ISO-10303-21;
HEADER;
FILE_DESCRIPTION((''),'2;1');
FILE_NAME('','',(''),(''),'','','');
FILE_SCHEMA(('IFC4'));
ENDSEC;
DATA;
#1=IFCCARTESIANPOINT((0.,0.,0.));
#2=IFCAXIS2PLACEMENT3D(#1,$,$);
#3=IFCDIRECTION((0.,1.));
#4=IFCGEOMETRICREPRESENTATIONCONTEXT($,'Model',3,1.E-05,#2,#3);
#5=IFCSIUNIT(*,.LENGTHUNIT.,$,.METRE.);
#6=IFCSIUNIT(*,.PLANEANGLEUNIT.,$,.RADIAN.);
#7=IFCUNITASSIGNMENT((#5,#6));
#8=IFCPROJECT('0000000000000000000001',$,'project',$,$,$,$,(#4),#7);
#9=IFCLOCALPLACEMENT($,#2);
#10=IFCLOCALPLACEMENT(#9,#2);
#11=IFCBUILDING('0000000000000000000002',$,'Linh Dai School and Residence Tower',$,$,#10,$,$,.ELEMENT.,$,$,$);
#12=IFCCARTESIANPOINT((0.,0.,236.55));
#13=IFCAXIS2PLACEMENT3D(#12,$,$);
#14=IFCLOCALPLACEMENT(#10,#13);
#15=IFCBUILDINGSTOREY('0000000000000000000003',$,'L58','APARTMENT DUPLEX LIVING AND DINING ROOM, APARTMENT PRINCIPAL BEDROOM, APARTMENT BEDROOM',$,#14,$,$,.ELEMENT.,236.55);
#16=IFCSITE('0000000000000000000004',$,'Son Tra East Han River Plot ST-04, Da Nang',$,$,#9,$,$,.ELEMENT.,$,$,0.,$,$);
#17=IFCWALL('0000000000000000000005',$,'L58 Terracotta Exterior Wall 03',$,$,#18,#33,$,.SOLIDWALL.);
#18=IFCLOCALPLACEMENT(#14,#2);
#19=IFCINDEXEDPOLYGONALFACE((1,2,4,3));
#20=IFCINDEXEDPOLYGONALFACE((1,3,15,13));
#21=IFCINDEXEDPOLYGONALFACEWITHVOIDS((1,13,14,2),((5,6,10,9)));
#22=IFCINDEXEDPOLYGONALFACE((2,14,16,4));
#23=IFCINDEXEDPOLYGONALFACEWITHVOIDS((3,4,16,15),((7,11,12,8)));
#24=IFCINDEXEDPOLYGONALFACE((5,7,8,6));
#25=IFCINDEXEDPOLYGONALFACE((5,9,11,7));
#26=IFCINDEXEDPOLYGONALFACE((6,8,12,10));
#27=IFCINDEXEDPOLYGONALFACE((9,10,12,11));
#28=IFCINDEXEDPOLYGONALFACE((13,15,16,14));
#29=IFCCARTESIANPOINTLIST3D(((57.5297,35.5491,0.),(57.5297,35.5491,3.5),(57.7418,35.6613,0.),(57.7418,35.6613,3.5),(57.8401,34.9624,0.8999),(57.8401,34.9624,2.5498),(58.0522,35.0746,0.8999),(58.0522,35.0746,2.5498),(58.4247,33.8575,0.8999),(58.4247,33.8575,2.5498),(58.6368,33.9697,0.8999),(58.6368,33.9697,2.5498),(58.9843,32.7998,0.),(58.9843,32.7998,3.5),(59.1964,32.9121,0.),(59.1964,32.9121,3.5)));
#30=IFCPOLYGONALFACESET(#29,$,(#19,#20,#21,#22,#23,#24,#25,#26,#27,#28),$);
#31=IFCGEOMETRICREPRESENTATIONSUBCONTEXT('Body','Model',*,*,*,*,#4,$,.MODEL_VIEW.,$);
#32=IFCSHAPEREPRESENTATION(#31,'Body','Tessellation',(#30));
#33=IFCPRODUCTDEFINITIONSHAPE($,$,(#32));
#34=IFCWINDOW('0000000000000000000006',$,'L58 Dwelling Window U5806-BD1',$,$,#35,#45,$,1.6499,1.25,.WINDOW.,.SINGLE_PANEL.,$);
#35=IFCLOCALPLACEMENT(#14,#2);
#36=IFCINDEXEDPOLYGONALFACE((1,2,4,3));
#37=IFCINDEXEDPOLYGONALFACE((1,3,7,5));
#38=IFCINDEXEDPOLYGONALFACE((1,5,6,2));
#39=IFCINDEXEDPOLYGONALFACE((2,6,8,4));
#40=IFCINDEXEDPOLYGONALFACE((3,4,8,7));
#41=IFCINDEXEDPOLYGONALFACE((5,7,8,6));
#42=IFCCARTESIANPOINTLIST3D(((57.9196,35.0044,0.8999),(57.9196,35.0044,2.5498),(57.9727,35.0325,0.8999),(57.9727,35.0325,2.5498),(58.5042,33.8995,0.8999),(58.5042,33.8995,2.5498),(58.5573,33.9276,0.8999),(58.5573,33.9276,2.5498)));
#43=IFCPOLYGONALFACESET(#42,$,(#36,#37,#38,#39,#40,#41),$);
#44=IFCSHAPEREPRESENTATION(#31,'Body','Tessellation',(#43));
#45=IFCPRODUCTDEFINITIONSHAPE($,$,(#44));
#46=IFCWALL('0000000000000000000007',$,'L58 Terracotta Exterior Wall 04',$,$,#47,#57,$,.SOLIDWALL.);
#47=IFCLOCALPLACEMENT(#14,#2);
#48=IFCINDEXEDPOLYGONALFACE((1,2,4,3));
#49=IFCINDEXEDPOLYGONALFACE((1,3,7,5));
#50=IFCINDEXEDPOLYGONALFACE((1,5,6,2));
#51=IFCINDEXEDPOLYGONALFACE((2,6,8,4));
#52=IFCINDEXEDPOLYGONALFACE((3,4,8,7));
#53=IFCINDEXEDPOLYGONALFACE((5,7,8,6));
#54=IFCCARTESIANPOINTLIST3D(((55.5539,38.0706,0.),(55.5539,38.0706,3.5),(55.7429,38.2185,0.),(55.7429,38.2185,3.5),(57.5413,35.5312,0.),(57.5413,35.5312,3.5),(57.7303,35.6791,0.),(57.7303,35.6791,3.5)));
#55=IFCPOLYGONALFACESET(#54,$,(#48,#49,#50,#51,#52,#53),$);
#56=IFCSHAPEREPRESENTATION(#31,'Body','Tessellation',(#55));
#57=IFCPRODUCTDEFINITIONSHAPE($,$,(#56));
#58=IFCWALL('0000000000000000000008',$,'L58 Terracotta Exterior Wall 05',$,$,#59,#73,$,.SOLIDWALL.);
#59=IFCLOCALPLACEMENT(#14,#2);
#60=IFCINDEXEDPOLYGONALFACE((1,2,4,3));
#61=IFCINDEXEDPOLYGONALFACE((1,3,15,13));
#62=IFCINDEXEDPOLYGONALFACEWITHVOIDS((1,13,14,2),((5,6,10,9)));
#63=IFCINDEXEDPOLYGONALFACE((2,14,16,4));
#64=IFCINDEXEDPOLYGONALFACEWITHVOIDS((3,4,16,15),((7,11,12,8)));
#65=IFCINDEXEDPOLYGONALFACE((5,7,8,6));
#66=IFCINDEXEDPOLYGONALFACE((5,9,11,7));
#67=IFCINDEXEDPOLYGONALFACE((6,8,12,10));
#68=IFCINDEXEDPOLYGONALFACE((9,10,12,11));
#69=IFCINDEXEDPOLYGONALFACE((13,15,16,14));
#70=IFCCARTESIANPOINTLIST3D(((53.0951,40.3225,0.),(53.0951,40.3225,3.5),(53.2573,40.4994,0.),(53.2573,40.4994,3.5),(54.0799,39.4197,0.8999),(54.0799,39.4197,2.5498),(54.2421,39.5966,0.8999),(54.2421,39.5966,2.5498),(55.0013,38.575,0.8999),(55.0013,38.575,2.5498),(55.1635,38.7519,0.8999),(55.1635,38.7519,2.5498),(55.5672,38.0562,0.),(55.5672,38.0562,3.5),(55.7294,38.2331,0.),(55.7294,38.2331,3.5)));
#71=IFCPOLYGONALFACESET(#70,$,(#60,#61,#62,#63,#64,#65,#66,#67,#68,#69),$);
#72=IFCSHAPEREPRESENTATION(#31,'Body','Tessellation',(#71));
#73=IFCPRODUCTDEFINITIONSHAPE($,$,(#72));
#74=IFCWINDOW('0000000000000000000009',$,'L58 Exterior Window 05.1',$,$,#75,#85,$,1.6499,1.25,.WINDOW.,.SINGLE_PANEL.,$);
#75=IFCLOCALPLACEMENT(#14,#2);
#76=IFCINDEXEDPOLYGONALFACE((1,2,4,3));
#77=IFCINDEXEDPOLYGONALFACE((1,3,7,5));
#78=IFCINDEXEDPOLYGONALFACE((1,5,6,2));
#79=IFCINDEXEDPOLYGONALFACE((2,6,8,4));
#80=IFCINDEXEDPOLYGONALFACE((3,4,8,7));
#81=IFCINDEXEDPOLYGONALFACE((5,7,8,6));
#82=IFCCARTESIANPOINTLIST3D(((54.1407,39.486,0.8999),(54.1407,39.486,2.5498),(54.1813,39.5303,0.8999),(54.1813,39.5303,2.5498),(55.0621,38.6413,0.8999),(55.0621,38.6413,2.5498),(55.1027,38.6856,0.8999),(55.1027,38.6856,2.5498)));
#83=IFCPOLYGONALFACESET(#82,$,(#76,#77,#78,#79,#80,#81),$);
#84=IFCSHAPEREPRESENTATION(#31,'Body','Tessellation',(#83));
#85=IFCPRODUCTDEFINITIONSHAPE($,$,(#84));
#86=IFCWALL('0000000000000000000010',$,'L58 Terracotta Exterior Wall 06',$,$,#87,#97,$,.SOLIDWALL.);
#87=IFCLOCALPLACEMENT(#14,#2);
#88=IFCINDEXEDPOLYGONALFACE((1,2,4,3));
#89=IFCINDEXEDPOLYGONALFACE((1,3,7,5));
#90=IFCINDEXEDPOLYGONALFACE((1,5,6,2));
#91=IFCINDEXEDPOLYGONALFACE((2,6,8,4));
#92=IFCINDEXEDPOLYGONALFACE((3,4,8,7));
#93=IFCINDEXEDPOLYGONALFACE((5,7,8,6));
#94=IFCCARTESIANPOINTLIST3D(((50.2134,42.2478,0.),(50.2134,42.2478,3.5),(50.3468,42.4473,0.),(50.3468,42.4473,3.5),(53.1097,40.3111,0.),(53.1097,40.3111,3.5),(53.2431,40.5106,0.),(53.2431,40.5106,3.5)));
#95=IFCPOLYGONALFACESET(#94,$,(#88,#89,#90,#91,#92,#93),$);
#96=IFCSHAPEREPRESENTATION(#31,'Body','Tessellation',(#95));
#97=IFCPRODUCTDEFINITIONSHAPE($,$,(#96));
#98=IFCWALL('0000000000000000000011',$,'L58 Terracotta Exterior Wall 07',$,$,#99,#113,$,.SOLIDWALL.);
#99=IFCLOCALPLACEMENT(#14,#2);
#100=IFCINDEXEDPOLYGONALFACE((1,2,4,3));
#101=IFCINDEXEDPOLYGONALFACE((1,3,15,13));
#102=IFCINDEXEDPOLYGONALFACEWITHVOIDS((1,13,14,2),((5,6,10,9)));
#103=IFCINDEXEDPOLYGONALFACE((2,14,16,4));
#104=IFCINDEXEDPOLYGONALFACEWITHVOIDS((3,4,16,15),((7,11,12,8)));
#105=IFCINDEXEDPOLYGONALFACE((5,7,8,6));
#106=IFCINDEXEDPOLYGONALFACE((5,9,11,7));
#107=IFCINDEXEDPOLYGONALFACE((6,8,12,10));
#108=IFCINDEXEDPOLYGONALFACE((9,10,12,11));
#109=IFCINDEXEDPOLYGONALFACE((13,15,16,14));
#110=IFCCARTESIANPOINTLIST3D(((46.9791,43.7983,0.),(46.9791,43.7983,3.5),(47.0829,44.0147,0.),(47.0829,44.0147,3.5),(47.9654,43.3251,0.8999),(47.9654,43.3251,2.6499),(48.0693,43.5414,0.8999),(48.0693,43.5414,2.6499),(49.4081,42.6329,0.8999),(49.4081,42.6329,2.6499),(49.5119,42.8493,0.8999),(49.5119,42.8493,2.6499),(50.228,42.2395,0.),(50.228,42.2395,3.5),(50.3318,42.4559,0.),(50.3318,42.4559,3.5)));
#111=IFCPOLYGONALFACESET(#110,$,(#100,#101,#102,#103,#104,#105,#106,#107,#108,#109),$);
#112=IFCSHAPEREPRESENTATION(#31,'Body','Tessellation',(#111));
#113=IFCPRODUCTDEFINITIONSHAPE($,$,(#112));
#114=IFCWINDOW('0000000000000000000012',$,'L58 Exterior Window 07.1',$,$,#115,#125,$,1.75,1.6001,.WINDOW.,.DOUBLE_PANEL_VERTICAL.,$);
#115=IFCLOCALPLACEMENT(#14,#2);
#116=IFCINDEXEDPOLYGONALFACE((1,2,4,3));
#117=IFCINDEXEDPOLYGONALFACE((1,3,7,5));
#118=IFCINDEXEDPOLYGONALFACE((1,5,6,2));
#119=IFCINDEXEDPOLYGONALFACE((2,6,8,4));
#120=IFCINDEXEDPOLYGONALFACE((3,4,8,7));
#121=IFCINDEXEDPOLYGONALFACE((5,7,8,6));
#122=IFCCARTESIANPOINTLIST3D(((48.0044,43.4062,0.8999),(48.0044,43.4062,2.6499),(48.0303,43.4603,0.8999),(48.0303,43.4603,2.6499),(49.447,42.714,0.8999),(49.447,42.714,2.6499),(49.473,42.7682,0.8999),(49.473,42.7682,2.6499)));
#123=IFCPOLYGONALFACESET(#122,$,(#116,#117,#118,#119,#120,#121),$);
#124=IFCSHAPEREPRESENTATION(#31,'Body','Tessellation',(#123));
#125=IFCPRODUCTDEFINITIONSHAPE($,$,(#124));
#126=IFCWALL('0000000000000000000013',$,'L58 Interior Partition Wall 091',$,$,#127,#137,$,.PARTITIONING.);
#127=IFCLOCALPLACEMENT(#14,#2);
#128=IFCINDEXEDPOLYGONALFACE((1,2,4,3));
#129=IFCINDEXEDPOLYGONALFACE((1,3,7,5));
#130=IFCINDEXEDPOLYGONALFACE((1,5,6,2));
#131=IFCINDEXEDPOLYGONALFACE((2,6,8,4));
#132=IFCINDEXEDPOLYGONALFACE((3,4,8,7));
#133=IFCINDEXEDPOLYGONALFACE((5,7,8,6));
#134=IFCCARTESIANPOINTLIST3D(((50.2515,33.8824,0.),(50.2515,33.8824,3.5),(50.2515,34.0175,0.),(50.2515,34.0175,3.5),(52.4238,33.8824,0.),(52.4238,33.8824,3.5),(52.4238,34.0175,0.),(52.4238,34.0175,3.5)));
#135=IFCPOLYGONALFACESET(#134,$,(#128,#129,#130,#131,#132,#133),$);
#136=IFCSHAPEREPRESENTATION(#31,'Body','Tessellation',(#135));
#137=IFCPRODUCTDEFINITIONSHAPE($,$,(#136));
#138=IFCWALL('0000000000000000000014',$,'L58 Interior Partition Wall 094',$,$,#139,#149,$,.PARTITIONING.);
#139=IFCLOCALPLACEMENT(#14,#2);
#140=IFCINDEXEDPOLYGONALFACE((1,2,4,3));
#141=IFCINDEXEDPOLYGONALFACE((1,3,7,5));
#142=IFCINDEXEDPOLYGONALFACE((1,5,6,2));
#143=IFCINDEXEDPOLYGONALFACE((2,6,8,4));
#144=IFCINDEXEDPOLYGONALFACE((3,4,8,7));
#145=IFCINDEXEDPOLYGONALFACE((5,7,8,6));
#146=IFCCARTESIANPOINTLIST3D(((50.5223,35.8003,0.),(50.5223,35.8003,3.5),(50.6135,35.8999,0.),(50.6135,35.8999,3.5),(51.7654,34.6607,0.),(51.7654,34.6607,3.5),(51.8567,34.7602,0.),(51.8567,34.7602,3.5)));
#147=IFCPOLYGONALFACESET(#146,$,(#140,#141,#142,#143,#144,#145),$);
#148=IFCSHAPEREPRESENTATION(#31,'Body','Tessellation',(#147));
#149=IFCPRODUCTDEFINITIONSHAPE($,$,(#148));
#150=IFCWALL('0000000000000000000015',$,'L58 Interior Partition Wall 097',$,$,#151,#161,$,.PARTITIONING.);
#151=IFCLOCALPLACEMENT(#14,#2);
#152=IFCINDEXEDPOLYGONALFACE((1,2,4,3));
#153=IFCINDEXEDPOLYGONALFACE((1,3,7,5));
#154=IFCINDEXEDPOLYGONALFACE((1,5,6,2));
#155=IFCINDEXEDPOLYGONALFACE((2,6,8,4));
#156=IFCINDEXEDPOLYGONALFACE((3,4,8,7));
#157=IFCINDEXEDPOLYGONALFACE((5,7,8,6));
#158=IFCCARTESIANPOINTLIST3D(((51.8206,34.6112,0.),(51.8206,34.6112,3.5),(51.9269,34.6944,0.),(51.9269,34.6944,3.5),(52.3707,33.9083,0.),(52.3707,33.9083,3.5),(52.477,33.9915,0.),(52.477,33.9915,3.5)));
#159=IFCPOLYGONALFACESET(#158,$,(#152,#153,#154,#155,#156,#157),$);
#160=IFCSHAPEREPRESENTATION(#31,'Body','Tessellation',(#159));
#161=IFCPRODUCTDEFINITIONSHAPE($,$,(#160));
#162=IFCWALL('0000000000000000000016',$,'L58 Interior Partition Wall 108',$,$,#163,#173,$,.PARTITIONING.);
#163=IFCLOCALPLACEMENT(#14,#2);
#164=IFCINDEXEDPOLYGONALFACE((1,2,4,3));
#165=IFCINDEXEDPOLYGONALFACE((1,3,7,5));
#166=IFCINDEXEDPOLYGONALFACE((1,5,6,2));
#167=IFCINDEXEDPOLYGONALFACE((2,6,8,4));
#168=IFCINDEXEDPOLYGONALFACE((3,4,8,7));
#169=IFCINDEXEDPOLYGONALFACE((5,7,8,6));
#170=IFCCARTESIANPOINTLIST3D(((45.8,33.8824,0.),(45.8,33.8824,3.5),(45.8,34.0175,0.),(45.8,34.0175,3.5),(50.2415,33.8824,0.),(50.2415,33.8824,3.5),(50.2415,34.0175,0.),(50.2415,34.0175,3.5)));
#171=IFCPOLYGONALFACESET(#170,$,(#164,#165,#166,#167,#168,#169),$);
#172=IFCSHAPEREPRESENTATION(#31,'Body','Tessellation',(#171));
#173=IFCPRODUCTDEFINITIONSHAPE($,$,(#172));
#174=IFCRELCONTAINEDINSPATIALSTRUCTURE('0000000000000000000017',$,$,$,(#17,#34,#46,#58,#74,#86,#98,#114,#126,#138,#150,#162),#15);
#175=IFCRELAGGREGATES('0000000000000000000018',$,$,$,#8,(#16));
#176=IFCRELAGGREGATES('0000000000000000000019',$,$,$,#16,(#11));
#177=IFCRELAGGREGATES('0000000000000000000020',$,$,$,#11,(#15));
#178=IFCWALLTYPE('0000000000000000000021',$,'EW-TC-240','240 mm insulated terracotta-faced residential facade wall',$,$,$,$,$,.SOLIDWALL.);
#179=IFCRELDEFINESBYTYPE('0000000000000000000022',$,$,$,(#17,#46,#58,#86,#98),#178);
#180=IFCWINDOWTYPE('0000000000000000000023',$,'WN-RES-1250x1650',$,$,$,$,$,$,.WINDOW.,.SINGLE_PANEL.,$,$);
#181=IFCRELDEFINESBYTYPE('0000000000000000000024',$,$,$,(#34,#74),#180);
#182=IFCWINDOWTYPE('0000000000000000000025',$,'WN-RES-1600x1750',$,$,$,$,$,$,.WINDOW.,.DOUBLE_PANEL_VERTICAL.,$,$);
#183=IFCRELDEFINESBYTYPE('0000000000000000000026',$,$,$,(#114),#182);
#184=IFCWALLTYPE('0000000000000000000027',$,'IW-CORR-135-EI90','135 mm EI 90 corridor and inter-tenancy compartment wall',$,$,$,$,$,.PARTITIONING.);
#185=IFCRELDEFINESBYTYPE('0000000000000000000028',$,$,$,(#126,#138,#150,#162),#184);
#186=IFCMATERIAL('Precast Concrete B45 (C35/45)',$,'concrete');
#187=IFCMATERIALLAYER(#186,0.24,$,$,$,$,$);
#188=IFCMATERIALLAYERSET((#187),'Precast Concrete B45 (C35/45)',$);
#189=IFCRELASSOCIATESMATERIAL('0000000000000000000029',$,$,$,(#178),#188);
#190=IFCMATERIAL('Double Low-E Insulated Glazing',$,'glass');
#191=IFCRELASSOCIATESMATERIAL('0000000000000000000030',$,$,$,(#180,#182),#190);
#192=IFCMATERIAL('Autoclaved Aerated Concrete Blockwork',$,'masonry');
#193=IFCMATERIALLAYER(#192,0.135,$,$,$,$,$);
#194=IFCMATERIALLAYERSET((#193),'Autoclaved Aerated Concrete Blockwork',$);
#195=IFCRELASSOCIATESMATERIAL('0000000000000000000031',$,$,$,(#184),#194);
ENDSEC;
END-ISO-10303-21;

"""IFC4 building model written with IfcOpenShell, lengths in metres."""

from ifc_helpers import new_model, si_unit, direction, frame, frame_2d, origin, origin_2d, place, context, subcontext, project, spatial, rectangle, extrude, source, transform, mapped, material, layer, layer_set, type_object, element, fill, save


model = new_model("IFC4")

# Units and contexts
model_context = context("Model", 3, precision=1e-05, world=origin(), true_north=direction((0.0, 1.0)))
body_context = subcontext(model_context, "Body", "Model", "MODEL_VIEW")
ifc_project = project(units=[si_unit("LENGTHUNIT", "METRE"), si_unit("PLANEANGLEUNIT", "RADIAN")], contexts=[model_context])

# Site, building, storey
site_placement = place(None, origin())
site = spatial("IfcSite", under=ifc_project, at=site_placement, Name="Son Tra East Han River Plot ST-04, Da Nang", CompositionType="ELEMENT", RefElevation=0.0)
building_placement = place(site_placement, origin())
building = spatial("IfcBuilding", under=site, at=building_placement, Name="Linh Dai School and Residence Tower", CompositionType="ELEMENT")
storey_placement = place(building_placement, frame((0.0, 0.0, 236.55)))
storey = spatial("IfcBuildingStorey", under=building, at=storey_placement, Name="L58", Description="APARTMENT DUPLEX LIVING AND DINING ROOM, APARTMENT PRINCIPAL BEDROOM, APARTMENT BEDROOM", CompositionType="ELEMENT", Elevation=236.55)

# Shared definitions
ifc_material_1 = material(Name="Precast Concrete B45 (C35/45)", Category="concrete")

# Wall, opening, window
ifc_layer_1 = layer(ifc_material_1, 0.24)
ifc_layer_set_1 = layer_set([ifc_layer_1], Name="Precast Concrete B45 (C35/45)")
wall_type_1 = type_object("IfcWallType", Name="EW-TC-240", Description="240 mm insulated terracotta-faced residential facade wall", PredefinedType="SOLIDWALL", material=ifc_layer_set_1)
wall_1_placement = place(storey_placement, frame((57.6357, 35.6052, 0.0), z_axis=(0.0, 0.0, 1.0), x_axis=(0.46766, -0.883908, 0.0)))
wall_1 = element("IfcWall", 1, at=wall_1_placement, inside=storey, type_object=wall_type_1, Name="L58 Terracotta Exterior Wall 03", PredefinedType="SOLIDWALL", context=body_context, shape_type="SweptSolid", body=[
    extrude(rectangle(XDim=3.1104, YDim=0.24, at=frame_2d((1.5552, 0.0))), origin(), (0.0, 0.0, 1.0), 3.5),
])
opening_1_placement = place(wall_1_placement, frame((0.6638, 0.0, 0.8999)))
opening_1 = element("IfcOpeningElement", 2, at=opening_1_placement, cuts=wall_1, PredefinedType="OPENING", context=body_context, shape_type="SweptSolid", body=[
    extrude(rectangle(XDim=1.25, YDim=1.6499, at=origin_2d()), frame((0.625, 0.1299, 0.825), z_axis=(0.0, -1.0, 0.0), x_axis=(1.0, 0.0, 0.0)), (0.0, 0.0, 1.0), 0.26),
])
ifc_material_2 = material(Name="Double Low-E Insulated Glazing", Category="glass")
window_type_1 = type_object("IfcWindowType", Name="WN-RES-1250x1650", PartitioningType="SINGLE_PANEL", PredefinedType="WINDOW", material=ifc_material_2)
shared_shape_1 = source(origin(), body_context, "Body", "SweptSolid", [
    extrude(rectangle(XDim=1.25, YDim=1.6499, at=origin_2d()), frame((0.625, 0.03, 0.825), z_axis=(0.0, -1.0, 0.0), x_axis=(1.0, 0.0, 0.0)), (0.0, 0.0, 1.0), 0.0601),
])
window_1_placement = place(opening_1_placement, origin())
window_1 = element("IfcWindow", 3, at=window_1_placement, inside=storey, type_object=window_type_1, Name="L58 Dwelling Window U5806-BD1", OverallHeight=1.6499, OverallWidth=1.25, PartitioningType="SINGLE_PANEL", PredefinedType="WINDOW", context=body_context, shape_type="MappedRepresentation", body=[
    mapped(shared_shape_1, transform((0.0, 0.0, 0.0), x_axis=(1.0, 0.0, 0.0), y_axis=(0.0, 1.0, 0.0), z_axis=(0.0, 0.0, 1.0), scale=1.0)),
])
fill(opening_1, window_1)

# Wall
wall_2_placement = place(storey_placement, frame((55.6484, 38.1445, 0.0), z_axis=(0.0, 0.0, 1.0), x_axis=(0.616312, -0.787502, 0.0)))
element("IfcWall", 4, at=wall_2_placement, inside=storey, type_object=wall_type_1, Name="L58 Terracotta Exterior Wall 04", PredefinedType="SOLIDWALL", context=body_context, shape_type="SweptSolid", body=[
    extrude(rectangle(XDim=3.2246, YDim=0.24, at=frame_2d((1.6123, 0.0))), origin(), (0.0, 0.0, 1.0), 3.5),
])

# Wall, opening, window
wall_3_placement = place(storey_placement, frame((53.1763, 40.4109, 0.0), z_axis=(0.0, 0.0, 1.0), x_axis=(0.737124, -0.675758, 0.0)))
wall_3 = element("IfcWall", 5, at=wall_3_placement, inside=storey, type_object=wall_type_1, Name="L58 Terracotta Exterior Wall 05", PredefinedType="SOLIDWALL", context=body_context, shape_type="SweptSolid", body=[
    extrude(rectangle(XDim=3.3538, YDim=0.24, at=frame_2d((1.6768, 0.0))), origin(), (0.0, 0.0, 1.0), 3.5),
])
opening_2_placement = place(wall_3_placement, frame((1.3359, 0.0, 0.8999)))
opening_2 = element("IfcOpeningElement", 6, at=opening_2_placement, cuts=wall_3, PredefinedType="OPENING", context=body_context, shape_type="SweptSolid", body=[
    extrude(rectangle(XDim=1.25, YDim=1.6499, at=origin_2d()), frame((0.625, 0.1299, 0.825), z_axis=(0.0, -1.0, 0.0), x_axis=(1.0, 0.0, 0.0)), (0.0, 0.0, 1.0), 0.26),
])
window_2_placement = place(opening_2_placement, origin())
window_2 = element("IfcWindow", 7, at=window_2_placement, inside=storey, type_object=window_type_1, Name="L58 Exterior Window 05.1", OverallHeight=1.6499, OverallWidth=1.25, PartitioningType="SINGLE_PANEL", PredefinedType="WINDOW", context=body_context, shape_type="MappedRepresentation", body=[
    mapped(shared_shape_1, transform((0.0, 0.0, 0.0), x_axis=(1.0, 0.0, 0.0), y_axis=(0.0, 1.0, 0.0), z_axis=(0.0, 0.0, 1.0), scale=1.0)),
])
fill(opening_2, window_2)

# Wall
wall_4_placement = place(storey_placement, frame((50.28, 42.3477, 0.0), z_axis=(0.0, 0.0, 1.0), x_axis=(0.831262, -0.55588, 0.0)))
element("IfcWall", 8, at=wall_4_placement, inside=storey, type_object=wall_type_1, Name="L58 Terracotta Exterior Wall 06", PredefinedType="SOLIDWALL", context=body_context, shape_type="SweptSolid", body=[
    extrude(rectangle(XDim=3.4841, YDim=0.24, at=frame_2d((1.7422, 0.0))), origin(), (0.0, 0.0, 1.0), 3.5),
])

# Wall, opening, window
wall_5_placement = place(storey_placement, frame((47.031, 43.9065, 0.0), z_axis=(0.0, 0.0, 1.0), x_axis=(0.901598, -0.432575, 0.0)))
wall_5 = element("IfcWall", 9, at=wall_5_placement, inside=storey, type_object=wall_type_1, Name="L58 Terracotta Exterior Wall 07", PredefinedType="SOLIDWALL", context=body_context, shape_type="SweptSolid", body=[
    extrude(rectangle(XDim=3.6035, YDim=0.24, at=frame_2d((1.8018, 0.0))), origin(), (0.0, 0.0, 1.0), 3.5),
])
opening_3_placement = place(wall_5_placement, frame((1.094, 0.0, 0.8999)))
opening_3 = element("IfcOpeningElement", 10, at=opening_3_placement, cuts=wall_5, PredefinedType="OPENING", context=body_context, shape_type="SweptSolid", body=[
    extrude(rectangle(XDim=1.6001, YDim=1.75, at=origin_2d()), frame((0.8, 0.1299, 0.875), z_axis=(0.0, -1.0, 0.0), x_axis=(1.0, 0.0, 0.0)), (0.0, 0.0, 1.0), 0.26),
])
window_type_2 = type_object("IfcWindowType", Name="WN-RES-1600x1750", PartitioningType="DOUBLE_PANEL_VERTICAL", PredefinedType="WINDOW", material=ifc_material_2)
shared_shape_2 = source(origin(), body_context, "Body", "SweptSolid", [
    extrude(rectangle(XDim=1.6001, YDim=1.75, at=origin_2d()), frame((0.8, 0.03, 0.875), z_axis=(0.0, -1.0, 0.0), x_axis=(1.0, 0.0, 0.0)), (0.0, 0.0, 1.0), 0.0601),
])
window_3_placement = place(opening_3_placement, origin())
window_3 = element("IfcWindow", 11, at=window_3_placement, inside=storey, type_object=window_type_2, Name="L58 Exterior Window 07.1", OverallHeight=1.75, OverallWidth=1.6001, PartitioningType="DOUBLE_PANEL_VERTICAL", PredefinedType="WINDOW", context=body_context, shape_type="MappedRepresentation", body=[
    mapped(shared_shape_2, transform((0.0, 0.0, 0.0), x_axis=(1.0, 0.0, 0.0), y_axis=(0.0, 1.0, 0.0), z_axis=(0.0, 0.0, 1.0), scale=1.0)),
])
fill(opening_3, window_3)

# Walls
ifc_material_3 = material(Name="Autoclaved Aerated Concrete Blockwork", Category="masonry")
ifc_layer_2 = layer(ifc_material_3, 0.135)
ifc_layer_set_2 = layer_set([ifc_layer_2], Name="Autoclaved Aerated Concrete Blockwork")
wall_type_2 = type_object("IfcWallType", Name="IW-CORR-135-EI90", Description="135 mm EI 90 corridor and inter-tenancy compartment wall", PredefinedType="PARTITIONING", material=ifc_layer_set_2)
wall_6_placement = place(storey_placement, frame((50.2515, 33.95, 0.0), z_axis=(0.0, 0.0, 1.0), x_axis=(1.0, 0.0, 0.0)))
element("IfcWall", 12, at=wall_6_placement, inside=storey, type_object=wall_type_2, Name="L58 Interior Partition Wall 091", PredefinedType="PARTITIONING", context=body_context, shape_type="SweptSolid", body=[
    extrude(rectangle(XDim=2.1724, YDim=0.135, at=frame_2d((1.0862, 0.0))), origin(), (0.0, 0.0, 1.0), 3.5),
])
wall_7_placement = place(storey_placement, frame((50.5679, 35.8501, 0.0), z_axis=(0.0, 0.0, 1.0), x_axis=(0.73713, -0.675751, 0.0)))
element("IfcWall", 13, at=wall_7_placement, inside=storey, type_object=wall_type_2, Name="L58 Interior Partition Wall 094", PredefinedType="PARTITIONING", context=body_context, shape_type="SweptSolid", body=[
    extrude(rectangle(XDim=1.6865, YDim=0.135, at=frame_2d((0.8433, 0.0))), origin(), (0.0, 0.0, 1.0), 3.5),
])
wall_8_placement = place(storey_placement, frame((51.8738, 34.6528, 0.0), z_axis=(0.0, 0.0, 1.0), x_axis=(0.616286, -0.787522, 0.0)))
element("IfcWall", 14, at=wall_8_placement, inside=storey, type_object=wall_type_2, Name="L58 Interior Partition Wall 097", PredefinedType="PARTITIONING", context=body_context, shape_type="SweptSolid", body=[
    extrude(rectangle(XDim=0.8926, YDim=0.135, at=frame_2d((0.4463, 0.0))), origin(), (0.0, 0.0, 1.0), 3.5),
])
wall_9_placement = place(storey_placement, frame((50.2415, 33.95, 0.0), z_axis=(0.0, 0.0, 1.0), x_axis=(-1.0, 0.0, 0.0)))
element("IfcWall", 15, at=wall_9_placement, inside=storey, type_object=wall_type_2, Name="L58 Interior Partition Wall 108", PredefinedType="PARTITIONING", context=body_context, shape_type="SweptSolid", body=[
    extrude(rectangle(XDim=4.4414, YDim=0.135, at=frame_2d((2.2207, 0.0))), origin(), (0.0, 0.0, 1.0), 3.5),
])

save(model, "model.ifc")
